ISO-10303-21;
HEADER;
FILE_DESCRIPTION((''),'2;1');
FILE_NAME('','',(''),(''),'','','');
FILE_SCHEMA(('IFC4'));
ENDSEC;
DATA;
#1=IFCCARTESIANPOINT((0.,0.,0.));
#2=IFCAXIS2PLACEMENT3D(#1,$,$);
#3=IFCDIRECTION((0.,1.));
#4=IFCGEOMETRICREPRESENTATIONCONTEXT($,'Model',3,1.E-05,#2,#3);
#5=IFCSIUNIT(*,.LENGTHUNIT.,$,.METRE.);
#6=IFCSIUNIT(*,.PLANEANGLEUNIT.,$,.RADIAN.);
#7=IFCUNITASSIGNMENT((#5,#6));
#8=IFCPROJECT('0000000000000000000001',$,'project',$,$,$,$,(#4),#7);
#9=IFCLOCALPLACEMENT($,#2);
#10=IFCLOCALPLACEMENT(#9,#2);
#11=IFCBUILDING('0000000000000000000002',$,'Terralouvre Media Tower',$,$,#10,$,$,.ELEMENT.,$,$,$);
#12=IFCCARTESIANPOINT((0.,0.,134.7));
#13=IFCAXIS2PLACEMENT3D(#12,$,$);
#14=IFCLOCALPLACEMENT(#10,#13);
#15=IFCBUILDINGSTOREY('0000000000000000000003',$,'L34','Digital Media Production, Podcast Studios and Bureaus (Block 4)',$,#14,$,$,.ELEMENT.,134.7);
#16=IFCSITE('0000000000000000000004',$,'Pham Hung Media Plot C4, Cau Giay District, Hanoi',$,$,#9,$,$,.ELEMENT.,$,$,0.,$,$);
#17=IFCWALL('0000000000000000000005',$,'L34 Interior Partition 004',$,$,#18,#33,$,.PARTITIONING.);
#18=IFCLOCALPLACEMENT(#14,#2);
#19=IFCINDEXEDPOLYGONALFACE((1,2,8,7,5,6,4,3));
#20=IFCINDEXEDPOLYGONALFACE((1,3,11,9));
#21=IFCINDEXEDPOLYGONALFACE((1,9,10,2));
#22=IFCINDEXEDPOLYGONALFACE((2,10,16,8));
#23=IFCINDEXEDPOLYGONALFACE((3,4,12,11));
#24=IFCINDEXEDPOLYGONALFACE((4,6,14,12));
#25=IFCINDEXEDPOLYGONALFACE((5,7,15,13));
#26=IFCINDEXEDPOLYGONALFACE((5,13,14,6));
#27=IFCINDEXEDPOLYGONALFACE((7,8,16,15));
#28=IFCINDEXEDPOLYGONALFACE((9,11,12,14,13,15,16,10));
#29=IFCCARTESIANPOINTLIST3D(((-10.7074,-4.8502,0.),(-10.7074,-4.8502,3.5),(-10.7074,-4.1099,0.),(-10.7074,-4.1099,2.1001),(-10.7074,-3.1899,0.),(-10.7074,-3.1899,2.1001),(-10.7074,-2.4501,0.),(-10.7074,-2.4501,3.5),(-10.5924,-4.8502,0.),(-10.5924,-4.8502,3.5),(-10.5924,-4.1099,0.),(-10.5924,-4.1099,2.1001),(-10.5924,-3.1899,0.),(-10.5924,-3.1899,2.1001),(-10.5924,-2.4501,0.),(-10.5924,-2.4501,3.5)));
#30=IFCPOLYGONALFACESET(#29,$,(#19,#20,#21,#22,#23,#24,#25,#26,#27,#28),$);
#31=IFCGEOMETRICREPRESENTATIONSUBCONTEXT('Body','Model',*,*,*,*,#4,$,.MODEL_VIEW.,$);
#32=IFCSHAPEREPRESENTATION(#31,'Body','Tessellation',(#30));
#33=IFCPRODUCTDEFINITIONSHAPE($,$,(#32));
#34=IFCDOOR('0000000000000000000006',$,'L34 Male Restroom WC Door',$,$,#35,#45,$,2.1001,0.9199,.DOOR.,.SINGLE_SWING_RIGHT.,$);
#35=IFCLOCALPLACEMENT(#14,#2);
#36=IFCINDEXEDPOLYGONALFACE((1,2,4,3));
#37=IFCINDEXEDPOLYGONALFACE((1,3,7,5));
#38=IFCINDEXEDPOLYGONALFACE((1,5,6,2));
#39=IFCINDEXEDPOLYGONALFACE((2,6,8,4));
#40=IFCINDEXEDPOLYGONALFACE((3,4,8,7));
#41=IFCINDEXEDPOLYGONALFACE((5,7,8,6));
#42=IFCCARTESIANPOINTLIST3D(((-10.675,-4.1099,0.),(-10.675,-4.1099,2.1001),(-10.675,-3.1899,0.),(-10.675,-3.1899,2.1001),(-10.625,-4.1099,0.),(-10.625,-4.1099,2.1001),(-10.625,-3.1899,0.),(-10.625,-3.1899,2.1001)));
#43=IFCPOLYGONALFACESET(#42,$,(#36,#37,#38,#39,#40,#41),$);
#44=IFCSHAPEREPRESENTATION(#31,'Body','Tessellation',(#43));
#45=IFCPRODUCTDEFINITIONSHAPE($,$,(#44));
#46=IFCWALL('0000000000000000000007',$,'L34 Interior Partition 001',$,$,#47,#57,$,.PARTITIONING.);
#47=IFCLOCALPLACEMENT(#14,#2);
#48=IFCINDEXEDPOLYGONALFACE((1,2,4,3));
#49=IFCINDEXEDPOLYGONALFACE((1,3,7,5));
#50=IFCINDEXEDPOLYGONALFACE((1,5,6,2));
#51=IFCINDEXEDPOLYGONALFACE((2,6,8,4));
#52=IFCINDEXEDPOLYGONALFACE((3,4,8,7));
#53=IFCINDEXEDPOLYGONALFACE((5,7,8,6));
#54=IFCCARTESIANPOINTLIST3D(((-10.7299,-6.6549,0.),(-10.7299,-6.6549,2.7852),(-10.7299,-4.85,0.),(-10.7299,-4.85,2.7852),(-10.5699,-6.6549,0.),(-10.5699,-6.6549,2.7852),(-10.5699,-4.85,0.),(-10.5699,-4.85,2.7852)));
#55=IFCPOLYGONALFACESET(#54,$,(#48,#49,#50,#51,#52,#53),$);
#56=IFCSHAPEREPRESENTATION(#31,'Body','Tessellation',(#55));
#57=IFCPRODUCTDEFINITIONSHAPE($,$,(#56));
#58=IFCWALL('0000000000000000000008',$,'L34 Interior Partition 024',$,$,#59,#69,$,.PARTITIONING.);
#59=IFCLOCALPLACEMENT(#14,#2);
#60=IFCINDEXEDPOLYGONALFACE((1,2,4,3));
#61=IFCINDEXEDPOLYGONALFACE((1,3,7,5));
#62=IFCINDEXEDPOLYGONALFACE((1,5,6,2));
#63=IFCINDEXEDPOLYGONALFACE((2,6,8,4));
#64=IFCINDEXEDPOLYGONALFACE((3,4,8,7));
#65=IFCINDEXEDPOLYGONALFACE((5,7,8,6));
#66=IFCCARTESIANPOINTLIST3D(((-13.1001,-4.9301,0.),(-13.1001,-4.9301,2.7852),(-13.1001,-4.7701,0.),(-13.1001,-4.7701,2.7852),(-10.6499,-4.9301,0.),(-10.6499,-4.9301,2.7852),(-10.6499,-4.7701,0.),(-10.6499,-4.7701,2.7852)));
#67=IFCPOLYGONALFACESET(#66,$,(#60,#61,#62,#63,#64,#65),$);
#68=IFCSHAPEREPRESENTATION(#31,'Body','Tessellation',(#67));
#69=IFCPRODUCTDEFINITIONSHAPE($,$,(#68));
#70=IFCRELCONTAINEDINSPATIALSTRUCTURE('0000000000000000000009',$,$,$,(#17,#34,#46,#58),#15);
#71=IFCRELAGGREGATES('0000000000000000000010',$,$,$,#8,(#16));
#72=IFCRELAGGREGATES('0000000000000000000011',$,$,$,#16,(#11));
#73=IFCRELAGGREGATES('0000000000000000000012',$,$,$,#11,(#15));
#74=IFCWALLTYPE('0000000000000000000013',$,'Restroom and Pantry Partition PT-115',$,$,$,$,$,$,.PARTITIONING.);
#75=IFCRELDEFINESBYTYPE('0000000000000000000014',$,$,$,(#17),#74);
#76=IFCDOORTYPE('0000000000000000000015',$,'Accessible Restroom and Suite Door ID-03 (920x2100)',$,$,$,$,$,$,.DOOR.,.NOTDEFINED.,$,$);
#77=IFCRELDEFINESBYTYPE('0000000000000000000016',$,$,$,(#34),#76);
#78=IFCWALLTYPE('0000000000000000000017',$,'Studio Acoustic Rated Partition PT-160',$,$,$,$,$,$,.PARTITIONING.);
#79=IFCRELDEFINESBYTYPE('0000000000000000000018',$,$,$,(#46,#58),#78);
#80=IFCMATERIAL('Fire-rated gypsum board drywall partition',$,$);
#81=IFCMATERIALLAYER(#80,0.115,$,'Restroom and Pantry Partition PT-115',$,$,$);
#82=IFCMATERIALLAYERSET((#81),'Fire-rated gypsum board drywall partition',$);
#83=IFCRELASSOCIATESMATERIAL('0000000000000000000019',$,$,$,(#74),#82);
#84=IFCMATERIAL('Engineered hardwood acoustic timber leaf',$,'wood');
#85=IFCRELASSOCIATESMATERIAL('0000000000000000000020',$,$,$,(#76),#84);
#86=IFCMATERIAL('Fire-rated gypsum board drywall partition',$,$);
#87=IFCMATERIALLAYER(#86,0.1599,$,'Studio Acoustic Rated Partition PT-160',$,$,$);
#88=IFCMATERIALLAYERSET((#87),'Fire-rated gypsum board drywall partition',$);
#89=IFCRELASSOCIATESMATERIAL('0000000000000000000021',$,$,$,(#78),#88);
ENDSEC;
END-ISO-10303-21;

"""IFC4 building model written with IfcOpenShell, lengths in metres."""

from ifc_helpers import new_model, si_unit, direction, frame, frame_2d, origin, place, context, subcontext, project, spatial, rectangle, extrude, material, layer, layer_set, type_object, element, fill, save


model = new_model("IFC4")

# Units and contexts
model_context = context("Model", 3, precision=1e-05, world=origin(), true_north=direction((0.0, 1.0)))
body_context = subcontext(model_context, "Body", "Model", "MODEL_VIEW")
ifc_project = project(units=[si_unit("LENGTHUNIT", "METRE"), si_unit("PLANEANGLEUNIT", "RADIAN")], contexts=[model_context])

# Site, building, storey
site_placement = place(None, origin())
site = spatial("IfcSite", under=ifc_project, at=site_placement, Name="Pham Hung Media Plot C4, Cau Giay District, Hanoi", CompositionType="ELEMENT", RefElevation=0.0)
building_placement = place(site_placement, origin())
building = spatial("IfcBuilding", under=site, at=building_placement, Name="Terralouvre Media Tower", CompositionType="ELEMENT")
storey_placement = place(building_placement, frame((0.0, 0.0, 134.7)))
storey = spatial("IfcBuildingStorey", under=building, at=storey_placement, Name="L34", Description="Digital Media Production, Podcast Studios and Bureaus (Block 4)", CompositionType="ELEMENT", Elevation=134.7)

# Wall, opening, door
ifc_material_1 = material(Name="Fire-rated gypsum board drywall partition")
ifc_layer_1 = layer(ifc_material_1, 0.115, Name="Restroom and Pantry Partition PT-115")
ifc_layer_set_1 = layer_set([ifc_layer_1], Name="Fire-rated gypsum board drywall partition")
wall_type_1 = type_object("IfcWallType", Name="Restroom and Pantry Partition PT-115", PredefinedType="PARTITIONING", material=ifc_layer_set_1)
wall_1_placement = place(storey_placement, frame((-10.6499, -2.45, 0.0), z_axis=(0.0, 0.0, 1.0), x_axis=(0.0, -1.0, 0.0)))
wall_1 = element("IfcWall", 1, at=wall_1_placement, inside=storey, type_object=wall_type_1, Name="L34 Interior Partition 004", PredefinedType="PARTITIONING", context=body_context, shape_type="SweptSolid", body=[
    extrude(rectangle(XDim=2.4001, YDim=0.115, at=frame_2d((1.2002, 0.0))), origin(), (0.0, 0.0, 1.0), 3.5),
])
opening_1_placement = place(wall_1_placement, frame((0.74, 0.0, 0.0)))
opening_1 = element("IfcOpeningElement", 2, at=opening_1_placement, cuts=wall_1, PredefinedType="OPENING", context=body_context, shape_type="SweptSolid", body=[
    extrude(rectangle(XDim=0.9199, YDim=2.1001, at=frame_2d((0.46, 1.05))), frame((0.0, 0.0674, 0.0), z_axis=(0.0, -1.0, 0.0), x_axis=(1.0, 0.0, 0.0)), (0.0, 0.0, 1.0), 0.135),
])
ifc_material_2 = material(Name="Engineered hardwood acoustic timber leaf", Category="wood")
door_type_1 = type_object("IfcDoorType", Name="Accessible Restroom and Suite Door ID-03 (920x2100)", OperationType="NOTDEFINED", PredefinedType="DOOR", material=ifc_material_2)
door_1_placement = place(opening_1_placement, origin())
door_1 = element("IfcDoor", 3, at=door_1_placement, inside=storey, type_object=door_type_1, Name="L34 Male Restroom WC Door", OperationType="SINGLE_SWING_RIGHT", OverallHeight=2.1001, OverallWidth=0.9199, PredefinedType="DOOR", context=body_context, shape_type="SweptSolid", body=[
    extrude(rectangle(XDim=0.9199, YDim=2.1001, at=frame_2d((0.46, 1.05))), frame((0.0, 0.0249, 0.0), z_axis=(0.0, -1.0, 0.0), x_axis=(1.0, 0.0, 0.0)), (0.0, 0.0, 1.0), 0.05),
])
fill(opening_1, door_1)

# Walls
ifc_material_3 = material(Name="Fire-rated gypsum board drywall partition")
ifc_layer_2 = layer(ifc_material_3, 0.1599, Name="Studio Acoustic Rated Partition PT-160")
ifc_layer_set_2 = layer_set([ifc_layer_2], Name="Fire-rated gypsum board drywall partition")
wall_type_2 = type_object("IfcWallType", Name="Studio Acoustic Rated Partition PT-160", PredefinedType="PARTITIONING", material=ifc_layer_set_2)
wall_2_placement = place(storey_placement, frame((-10.6499, -4.8501, 0.0), z_axis=(0.0, 0.0, 1.0), x_axis=(0.0, -1.0, 0.0)))
element("IfcWall", 4, at=wall_2_placement, inside=storey, type_object=wall_type_2, Name="L34 Interior Partition 001", PredefinedType="PARTITIONING", context=body_context, shape_type="SweptSolid", body=[
    extrude(rectangle(XDim=1.8049, YDim=0.1599, at=frame_2d((0.9023, 0.0))), origin(), (0.0, 0.0, 1.0), 2.7852),
])
wall_3_placement = place(storey_placement, frame((-10.6499, -4.8501, 0.0), z_axis=(0.0, 0.0, 1.0), x_axis=(-1.0, 0.0, 0.0)))
element("IfcWall", 5, at=wall_3_placement, inside=storey, type_object=wall_type_2, Name="L34 Interior Partition 024", PredefinedType="PARTITIONING", context=body_context, shape_type="SweptSolid", body=[
    extrude(rectangle(XDim=2.4502, YDim=0.1599, at=frame_2d((1.2251, 0.0))), origin(), (0.0, 0.0, 1.0), 2.7852),
])

save(model, "model.ifc")
